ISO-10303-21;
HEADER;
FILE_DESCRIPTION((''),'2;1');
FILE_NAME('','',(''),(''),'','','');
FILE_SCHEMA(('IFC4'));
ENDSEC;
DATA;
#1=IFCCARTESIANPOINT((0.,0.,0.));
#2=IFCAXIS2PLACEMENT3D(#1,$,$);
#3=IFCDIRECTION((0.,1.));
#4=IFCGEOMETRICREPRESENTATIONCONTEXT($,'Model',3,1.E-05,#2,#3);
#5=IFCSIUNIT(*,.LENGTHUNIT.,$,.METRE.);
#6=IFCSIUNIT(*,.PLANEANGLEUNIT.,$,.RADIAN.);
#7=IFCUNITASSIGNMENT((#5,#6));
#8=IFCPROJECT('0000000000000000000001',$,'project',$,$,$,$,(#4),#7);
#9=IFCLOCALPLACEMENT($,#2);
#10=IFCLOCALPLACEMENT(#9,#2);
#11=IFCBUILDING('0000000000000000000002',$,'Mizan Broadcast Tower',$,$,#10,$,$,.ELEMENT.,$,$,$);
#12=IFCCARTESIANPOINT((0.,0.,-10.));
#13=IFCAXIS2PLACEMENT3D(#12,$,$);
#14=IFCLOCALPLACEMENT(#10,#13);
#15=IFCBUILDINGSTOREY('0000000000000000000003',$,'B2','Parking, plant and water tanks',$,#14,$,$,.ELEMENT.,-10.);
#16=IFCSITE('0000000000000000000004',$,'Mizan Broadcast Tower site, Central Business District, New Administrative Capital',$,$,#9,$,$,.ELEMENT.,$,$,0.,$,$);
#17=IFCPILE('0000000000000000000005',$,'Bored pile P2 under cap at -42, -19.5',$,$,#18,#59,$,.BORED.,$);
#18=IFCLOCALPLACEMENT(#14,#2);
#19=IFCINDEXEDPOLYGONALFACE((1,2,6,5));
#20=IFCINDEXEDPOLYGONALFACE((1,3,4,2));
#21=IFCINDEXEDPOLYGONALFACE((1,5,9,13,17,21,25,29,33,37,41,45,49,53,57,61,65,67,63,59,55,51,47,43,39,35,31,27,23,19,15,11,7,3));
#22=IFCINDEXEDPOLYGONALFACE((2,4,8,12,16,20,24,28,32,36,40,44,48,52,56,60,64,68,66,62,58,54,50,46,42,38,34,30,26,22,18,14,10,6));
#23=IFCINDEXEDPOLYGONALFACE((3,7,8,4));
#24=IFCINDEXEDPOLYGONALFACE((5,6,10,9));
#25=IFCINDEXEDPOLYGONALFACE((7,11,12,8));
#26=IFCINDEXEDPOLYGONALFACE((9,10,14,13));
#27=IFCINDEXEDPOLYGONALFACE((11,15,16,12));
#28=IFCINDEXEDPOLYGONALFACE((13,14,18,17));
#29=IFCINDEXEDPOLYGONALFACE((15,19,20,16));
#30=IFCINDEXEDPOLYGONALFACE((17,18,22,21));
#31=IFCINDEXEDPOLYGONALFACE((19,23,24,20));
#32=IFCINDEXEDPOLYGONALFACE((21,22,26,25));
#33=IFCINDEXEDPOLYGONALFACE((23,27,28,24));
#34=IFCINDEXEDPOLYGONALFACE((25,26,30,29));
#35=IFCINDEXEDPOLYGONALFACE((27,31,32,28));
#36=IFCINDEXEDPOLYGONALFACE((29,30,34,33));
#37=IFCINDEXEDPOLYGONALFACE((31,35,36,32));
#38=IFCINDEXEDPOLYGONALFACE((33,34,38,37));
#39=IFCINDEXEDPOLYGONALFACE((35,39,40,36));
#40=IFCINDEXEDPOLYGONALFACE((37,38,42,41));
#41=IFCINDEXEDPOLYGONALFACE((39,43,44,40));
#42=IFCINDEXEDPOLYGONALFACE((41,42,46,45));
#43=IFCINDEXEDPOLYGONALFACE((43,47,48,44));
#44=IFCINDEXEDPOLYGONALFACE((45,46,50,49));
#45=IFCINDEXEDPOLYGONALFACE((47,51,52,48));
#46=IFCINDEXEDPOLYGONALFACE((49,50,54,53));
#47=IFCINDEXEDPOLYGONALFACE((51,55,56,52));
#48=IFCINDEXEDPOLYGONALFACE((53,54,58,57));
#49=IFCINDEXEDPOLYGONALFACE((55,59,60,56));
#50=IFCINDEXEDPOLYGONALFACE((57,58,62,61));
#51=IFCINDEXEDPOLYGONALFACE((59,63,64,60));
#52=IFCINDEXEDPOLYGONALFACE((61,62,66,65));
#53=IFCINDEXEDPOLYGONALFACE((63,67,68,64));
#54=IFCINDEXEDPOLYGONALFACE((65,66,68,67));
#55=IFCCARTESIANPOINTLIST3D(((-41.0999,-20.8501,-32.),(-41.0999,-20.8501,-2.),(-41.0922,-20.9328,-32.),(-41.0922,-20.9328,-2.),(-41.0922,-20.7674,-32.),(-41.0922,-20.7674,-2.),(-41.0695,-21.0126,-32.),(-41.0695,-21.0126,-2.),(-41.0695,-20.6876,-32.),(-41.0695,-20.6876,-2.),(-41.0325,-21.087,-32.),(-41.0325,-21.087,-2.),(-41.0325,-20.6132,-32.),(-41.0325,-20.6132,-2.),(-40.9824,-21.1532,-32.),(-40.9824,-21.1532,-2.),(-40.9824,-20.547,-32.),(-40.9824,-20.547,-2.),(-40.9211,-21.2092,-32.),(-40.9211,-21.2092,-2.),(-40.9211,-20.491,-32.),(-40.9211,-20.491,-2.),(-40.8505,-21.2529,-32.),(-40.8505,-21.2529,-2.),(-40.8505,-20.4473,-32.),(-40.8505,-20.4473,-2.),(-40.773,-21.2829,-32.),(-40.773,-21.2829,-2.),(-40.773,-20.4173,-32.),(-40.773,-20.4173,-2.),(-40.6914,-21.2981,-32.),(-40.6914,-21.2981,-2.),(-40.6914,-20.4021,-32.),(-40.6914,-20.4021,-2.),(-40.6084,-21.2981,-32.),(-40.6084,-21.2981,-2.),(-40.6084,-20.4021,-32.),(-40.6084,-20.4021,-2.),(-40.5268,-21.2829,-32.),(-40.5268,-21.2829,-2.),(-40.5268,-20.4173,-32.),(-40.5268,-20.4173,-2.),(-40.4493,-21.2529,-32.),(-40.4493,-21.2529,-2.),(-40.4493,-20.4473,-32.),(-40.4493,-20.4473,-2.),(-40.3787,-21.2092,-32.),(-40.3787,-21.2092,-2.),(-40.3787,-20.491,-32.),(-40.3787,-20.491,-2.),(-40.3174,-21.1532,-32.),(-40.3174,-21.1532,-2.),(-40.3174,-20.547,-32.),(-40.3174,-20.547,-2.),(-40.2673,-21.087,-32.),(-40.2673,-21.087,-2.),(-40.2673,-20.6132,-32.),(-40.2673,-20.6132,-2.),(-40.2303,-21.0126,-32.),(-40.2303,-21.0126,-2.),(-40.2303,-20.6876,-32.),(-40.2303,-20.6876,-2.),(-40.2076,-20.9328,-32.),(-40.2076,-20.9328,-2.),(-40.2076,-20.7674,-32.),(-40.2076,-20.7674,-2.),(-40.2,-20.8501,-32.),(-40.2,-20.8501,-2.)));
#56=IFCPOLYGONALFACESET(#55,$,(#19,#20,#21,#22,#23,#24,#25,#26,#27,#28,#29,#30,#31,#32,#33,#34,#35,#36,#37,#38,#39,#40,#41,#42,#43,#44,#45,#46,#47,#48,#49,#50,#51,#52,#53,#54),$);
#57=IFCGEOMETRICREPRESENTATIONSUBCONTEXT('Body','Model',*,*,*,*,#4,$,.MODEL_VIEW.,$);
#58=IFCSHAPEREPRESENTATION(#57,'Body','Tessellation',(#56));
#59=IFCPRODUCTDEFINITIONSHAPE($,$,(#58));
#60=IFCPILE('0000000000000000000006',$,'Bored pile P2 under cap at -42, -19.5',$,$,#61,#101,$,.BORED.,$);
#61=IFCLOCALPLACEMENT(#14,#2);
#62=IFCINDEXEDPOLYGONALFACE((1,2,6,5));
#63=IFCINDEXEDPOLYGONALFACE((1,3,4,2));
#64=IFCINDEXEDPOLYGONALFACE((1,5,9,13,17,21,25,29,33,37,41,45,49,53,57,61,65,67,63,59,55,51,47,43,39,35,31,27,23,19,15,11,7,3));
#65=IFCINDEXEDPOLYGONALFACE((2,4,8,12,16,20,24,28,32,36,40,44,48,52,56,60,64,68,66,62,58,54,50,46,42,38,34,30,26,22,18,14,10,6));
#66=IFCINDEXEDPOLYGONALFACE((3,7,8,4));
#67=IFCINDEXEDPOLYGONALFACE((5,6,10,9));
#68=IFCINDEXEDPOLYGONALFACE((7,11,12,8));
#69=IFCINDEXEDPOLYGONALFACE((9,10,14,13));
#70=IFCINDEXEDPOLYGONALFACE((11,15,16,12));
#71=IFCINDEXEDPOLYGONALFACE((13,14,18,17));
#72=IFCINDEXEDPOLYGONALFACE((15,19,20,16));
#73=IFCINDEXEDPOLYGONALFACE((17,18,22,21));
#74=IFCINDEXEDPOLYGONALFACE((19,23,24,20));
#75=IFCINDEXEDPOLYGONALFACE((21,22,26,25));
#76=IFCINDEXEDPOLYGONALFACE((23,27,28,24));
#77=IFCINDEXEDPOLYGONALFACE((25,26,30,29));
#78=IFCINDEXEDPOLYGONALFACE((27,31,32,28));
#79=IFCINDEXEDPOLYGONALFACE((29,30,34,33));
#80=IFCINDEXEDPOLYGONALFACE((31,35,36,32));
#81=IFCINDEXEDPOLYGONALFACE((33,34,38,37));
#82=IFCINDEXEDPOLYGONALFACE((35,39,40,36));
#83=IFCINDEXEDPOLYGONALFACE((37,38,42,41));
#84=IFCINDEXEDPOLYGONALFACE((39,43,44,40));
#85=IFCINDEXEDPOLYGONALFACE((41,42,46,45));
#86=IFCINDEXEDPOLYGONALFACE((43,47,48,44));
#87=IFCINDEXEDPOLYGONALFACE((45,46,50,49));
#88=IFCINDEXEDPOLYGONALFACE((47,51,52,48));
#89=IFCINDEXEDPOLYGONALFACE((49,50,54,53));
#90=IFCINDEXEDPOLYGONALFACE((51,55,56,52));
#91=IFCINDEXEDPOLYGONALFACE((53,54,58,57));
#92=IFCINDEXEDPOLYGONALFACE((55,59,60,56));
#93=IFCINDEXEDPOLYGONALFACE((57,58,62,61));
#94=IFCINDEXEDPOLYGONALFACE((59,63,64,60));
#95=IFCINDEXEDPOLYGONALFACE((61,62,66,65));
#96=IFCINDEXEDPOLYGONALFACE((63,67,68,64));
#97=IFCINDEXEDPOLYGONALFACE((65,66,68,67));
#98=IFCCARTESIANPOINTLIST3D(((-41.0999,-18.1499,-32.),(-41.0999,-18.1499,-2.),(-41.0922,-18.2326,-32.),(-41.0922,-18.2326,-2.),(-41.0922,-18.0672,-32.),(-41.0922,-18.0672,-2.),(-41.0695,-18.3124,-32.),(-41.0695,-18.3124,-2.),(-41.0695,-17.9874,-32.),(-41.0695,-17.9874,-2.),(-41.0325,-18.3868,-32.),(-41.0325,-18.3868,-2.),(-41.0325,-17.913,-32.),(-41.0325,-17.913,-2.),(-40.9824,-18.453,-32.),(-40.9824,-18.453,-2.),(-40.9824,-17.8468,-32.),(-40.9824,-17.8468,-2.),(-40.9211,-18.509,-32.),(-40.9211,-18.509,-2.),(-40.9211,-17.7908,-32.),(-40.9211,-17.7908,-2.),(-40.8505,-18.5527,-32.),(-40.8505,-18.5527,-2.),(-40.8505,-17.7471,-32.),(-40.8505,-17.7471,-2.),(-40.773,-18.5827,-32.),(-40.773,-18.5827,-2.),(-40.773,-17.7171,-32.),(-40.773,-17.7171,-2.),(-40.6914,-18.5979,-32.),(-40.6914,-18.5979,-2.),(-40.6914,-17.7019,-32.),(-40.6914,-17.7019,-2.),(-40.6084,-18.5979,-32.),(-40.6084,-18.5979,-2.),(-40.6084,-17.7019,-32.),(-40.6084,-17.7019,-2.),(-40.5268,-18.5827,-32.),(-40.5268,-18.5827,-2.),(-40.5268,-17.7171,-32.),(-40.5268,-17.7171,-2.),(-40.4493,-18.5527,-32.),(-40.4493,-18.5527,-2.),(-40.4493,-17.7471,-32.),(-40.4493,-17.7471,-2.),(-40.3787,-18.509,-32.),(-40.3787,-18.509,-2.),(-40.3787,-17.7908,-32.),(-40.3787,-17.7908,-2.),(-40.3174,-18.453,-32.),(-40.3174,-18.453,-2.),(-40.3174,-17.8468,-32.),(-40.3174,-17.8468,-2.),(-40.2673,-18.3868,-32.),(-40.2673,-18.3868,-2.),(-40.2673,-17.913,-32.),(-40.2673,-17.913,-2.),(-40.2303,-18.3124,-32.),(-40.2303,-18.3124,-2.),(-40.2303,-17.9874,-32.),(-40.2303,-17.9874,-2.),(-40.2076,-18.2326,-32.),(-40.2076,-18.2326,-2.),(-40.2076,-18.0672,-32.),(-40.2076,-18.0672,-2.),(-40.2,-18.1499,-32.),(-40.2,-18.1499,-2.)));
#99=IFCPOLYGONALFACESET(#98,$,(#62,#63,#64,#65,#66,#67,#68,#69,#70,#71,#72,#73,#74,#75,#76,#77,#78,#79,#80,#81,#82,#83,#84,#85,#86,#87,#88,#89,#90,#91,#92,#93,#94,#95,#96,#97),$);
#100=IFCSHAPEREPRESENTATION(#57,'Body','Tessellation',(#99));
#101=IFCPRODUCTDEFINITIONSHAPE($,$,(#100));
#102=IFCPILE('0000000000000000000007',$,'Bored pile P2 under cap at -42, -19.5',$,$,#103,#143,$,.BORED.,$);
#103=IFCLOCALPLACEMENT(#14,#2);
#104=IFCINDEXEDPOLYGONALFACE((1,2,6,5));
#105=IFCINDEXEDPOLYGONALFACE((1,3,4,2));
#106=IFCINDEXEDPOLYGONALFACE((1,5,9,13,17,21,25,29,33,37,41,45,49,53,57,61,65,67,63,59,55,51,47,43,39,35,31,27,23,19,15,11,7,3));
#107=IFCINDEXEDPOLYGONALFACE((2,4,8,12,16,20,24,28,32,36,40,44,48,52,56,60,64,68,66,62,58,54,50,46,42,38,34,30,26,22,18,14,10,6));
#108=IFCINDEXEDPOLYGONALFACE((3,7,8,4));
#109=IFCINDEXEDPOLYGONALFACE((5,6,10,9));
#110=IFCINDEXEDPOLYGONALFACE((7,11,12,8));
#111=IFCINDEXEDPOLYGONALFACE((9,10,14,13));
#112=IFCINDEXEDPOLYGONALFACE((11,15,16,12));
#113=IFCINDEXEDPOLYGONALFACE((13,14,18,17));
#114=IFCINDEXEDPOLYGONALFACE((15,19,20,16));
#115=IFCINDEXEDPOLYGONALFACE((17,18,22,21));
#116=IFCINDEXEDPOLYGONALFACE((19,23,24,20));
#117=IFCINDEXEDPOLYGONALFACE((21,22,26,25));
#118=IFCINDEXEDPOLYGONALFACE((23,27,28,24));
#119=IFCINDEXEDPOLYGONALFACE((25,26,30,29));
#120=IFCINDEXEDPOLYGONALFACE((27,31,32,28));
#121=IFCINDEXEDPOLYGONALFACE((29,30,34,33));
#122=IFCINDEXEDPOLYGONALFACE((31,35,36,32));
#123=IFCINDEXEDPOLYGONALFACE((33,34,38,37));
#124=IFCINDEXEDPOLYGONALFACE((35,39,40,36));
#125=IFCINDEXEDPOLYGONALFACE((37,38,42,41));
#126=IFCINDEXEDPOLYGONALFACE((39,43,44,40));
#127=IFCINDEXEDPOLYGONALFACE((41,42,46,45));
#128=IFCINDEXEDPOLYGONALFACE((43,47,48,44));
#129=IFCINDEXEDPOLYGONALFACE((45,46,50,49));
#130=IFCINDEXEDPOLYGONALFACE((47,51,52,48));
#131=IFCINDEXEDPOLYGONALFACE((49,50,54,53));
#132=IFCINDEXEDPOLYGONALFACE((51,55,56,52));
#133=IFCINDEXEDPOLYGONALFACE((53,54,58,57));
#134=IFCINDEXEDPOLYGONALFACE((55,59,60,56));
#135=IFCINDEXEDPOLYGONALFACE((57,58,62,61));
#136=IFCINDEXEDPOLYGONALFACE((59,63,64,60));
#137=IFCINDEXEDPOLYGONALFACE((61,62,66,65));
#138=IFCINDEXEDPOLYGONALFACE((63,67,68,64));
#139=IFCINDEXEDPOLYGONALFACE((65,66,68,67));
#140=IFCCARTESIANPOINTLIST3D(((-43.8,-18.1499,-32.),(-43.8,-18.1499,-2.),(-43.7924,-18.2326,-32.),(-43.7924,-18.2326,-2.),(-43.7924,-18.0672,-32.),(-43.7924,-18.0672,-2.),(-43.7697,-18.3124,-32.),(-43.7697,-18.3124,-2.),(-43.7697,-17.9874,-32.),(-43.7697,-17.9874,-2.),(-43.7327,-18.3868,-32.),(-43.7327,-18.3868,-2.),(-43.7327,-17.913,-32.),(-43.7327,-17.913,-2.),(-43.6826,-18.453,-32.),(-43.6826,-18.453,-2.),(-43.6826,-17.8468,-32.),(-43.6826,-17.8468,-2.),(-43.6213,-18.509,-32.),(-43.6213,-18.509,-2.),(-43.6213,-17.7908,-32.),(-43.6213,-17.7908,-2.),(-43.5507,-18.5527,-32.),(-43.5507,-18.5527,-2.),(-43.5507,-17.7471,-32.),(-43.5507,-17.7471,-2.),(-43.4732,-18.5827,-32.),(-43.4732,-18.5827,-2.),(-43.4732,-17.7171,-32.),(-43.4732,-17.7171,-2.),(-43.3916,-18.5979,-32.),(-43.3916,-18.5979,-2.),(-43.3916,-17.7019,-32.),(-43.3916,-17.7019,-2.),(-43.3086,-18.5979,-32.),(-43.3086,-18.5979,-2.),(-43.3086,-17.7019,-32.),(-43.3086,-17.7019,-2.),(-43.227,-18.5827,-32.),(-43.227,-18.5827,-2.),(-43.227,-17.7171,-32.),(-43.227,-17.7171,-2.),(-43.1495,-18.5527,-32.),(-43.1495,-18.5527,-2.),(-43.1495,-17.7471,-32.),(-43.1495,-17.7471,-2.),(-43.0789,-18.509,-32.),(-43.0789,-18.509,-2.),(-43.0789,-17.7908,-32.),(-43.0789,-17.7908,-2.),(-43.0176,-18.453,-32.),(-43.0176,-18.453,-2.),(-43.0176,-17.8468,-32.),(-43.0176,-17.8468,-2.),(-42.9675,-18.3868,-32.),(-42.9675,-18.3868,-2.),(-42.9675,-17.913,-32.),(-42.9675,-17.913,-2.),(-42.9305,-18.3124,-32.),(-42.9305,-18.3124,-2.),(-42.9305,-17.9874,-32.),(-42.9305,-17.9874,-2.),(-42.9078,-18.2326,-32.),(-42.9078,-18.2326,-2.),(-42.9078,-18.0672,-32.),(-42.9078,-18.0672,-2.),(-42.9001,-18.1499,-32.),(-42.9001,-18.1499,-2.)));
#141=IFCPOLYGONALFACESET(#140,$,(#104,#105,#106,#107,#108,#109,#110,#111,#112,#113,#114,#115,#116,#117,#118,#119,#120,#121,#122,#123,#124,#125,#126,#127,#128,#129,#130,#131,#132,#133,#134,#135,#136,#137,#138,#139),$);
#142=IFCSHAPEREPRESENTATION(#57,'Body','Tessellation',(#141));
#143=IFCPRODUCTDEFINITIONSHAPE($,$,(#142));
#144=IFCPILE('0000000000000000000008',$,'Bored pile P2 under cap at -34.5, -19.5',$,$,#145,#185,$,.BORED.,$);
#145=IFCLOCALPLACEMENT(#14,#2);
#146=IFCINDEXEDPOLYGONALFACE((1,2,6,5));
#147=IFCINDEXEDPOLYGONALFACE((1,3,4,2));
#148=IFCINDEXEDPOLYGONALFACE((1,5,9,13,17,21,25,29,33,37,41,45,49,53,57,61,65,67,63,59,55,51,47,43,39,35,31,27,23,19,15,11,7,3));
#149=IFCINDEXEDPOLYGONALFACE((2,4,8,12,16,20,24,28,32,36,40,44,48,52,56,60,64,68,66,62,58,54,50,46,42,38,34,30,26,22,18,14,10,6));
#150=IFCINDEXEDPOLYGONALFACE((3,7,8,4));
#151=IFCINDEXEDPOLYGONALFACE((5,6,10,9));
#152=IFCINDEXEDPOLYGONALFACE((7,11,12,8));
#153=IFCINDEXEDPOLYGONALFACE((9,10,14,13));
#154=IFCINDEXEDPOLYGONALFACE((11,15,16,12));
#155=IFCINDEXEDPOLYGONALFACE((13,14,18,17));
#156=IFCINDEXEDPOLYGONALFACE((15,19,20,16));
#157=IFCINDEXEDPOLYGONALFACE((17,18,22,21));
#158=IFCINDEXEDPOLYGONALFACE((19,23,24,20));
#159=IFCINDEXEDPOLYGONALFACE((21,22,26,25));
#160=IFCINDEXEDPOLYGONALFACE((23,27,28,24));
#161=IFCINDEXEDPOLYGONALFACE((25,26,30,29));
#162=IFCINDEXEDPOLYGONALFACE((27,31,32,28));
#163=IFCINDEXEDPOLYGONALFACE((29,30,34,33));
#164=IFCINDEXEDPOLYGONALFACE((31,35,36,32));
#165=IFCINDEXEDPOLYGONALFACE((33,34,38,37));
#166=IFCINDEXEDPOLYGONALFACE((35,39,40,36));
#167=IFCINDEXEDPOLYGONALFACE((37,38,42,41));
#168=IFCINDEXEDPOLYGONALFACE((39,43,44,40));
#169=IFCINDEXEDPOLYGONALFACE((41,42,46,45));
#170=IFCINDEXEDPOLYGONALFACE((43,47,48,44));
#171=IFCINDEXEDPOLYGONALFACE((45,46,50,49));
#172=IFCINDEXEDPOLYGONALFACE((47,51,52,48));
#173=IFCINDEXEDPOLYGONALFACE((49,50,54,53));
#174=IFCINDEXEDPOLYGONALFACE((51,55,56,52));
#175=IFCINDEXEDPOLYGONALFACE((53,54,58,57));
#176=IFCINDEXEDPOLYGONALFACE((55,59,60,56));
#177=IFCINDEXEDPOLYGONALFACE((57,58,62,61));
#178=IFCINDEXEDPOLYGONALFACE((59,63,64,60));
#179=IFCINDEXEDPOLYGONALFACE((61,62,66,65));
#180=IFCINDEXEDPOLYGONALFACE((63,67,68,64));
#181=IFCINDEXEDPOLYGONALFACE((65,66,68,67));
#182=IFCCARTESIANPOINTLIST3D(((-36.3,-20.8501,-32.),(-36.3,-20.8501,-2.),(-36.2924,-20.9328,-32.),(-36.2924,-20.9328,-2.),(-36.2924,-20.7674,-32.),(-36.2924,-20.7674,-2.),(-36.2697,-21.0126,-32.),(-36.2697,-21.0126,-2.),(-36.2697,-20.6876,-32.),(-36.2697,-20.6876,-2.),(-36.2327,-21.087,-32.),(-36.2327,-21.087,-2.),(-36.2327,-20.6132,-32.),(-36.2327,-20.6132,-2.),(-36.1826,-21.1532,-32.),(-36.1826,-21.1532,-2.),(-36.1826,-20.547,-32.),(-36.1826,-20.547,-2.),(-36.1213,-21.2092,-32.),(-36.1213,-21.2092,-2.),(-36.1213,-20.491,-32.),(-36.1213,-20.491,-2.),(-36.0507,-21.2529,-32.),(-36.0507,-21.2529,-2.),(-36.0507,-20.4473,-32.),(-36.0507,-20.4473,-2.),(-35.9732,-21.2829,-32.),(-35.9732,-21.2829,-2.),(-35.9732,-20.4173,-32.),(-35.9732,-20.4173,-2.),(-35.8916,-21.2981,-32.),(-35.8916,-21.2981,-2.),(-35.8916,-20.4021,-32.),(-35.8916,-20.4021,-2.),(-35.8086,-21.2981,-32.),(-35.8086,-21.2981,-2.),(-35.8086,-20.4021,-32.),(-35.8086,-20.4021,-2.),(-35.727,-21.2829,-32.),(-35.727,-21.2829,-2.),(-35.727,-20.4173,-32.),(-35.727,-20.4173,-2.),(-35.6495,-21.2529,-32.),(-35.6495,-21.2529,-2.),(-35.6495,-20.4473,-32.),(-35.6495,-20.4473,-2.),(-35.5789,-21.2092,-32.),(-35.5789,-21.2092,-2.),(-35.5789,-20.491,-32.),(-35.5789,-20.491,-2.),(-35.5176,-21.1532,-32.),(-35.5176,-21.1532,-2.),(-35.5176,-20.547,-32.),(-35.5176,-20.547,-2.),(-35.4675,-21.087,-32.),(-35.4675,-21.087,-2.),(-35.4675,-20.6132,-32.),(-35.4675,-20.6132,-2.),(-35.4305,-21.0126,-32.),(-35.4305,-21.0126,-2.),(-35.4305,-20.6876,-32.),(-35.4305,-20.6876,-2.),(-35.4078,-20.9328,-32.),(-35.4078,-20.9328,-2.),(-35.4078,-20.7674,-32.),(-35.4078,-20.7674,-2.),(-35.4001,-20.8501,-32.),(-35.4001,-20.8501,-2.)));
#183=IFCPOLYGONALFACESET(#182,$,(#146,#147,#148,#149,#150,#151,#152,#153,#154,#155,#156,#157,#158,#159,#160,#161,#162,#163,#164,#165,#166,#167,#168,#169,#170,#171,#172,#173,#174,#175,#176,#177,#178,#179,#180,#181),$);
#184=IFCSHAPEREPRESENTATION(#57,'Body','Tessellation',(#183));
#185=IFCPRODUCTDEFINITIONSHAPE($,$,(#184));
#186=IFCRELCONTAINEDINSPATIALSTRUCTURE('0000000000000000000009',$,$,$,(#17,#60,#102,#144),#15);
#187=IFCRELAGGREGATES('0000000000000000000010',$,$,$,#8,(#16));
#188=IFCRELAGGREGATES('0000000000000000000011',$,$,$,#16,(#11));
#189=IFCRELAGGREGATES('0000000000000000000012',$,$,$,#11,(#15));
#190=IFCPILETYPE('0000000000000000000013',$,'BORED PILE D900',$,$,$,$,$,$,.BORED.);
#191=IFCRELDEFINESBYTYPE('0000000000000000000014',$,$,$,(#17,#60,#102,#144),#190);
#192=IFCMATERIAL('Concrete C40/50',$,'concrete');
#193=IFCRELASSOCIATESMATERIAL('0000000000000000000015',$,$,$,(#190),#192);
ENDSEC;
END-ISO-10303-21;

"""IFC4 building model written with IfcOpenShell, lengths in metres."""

from ifc_helpers import new_model, si_unit, direction, frame, origin, origin_2d, place, context, subcontext, project, spatial, circle, extrude, material, material_profile, profile_set, type_object, element, save


model = new_model("IFC4")

# Units and contexts
model_context = context("Model", 3, precision=1e-05, world=origin(), true_north=direction((0.0, 1.0)))
body_context = subcontext(model_context, "Body", "Model", "MODEL_VIEW")
ifc_project = project(units=[si_unit("LENGTHUNIT", "METRE"), si_unit("PLANEANGLEUNIT", "RADIAN")], contexts=[model_context])

# Site, building, storey
site_placement = place(None, origin())
site = spatial("IfcSite", under=ifc_project, at=site_placement, Name="Mizan Broadcast Tower site, Central Business District, New Administrative Capital", CompositionType="ELEMENT", RefElevation=0.0)
building_placement = place(site_placement, origin())
building = spatial("IfcBuilding", under=site, at=building_placement, Name="Mizan Broadcast Tower", CompositionType="ELEMENT")
storey_placement = place(building_placement, frame((0.0, 0.0, -10.0)))
storey = spatial("IfcBuildingStorey", under=building, at=storey_placement, Name="B2", Description="Parking, plant and water tanks", CompositionType="ELEMENT", Elevation=-10.0)

# Piles
ifc_material_1 = material(Name="Concrete C40/50", Category="concrete")
ifc_material_profile_1 = material_profile(ifc_material_1, circle(Radius=0.45, at=origin_2d()), Name="D900")
ifc_profile_set_1 = profile_set([ifc_material_profile_1], Name="Concrete C40/50")
pile_type_1 = type_object("IfcPileType", Name="BORED PILE D900", PredefinedType="BORED", material=ifc_profile_set_1)
for number, where, z_axis, x_axis, name in (
    (1, (-40.6499, -20.8501, -2.0), (0.0, 0.0, -1.0), (1.0, 0.0, 0.0), "Bored pile P2 under cap at -42, -19.5"),
    (2, (-40.6499, -18.1499, -2.0), (0.0, 0.0, -1.0), (1.0, 0.0, 0.0), "Bored pile P2 under cap at -42, -19.5"),
    (3, (-43.3501, -18.1499, -2.0), (0.0, 0.0, -1.0), (1.0, 0.0, 0.0), "Bored pile P2 under cap at -42, -19.5"),
    (4, (-35.8501, -20.8501, -2.0), (0.0, 0.0, -1.0), (1.0, 0.0, 0.0), "Bored pile P2 under cap at -34.5, -19.5"),
):
    element("IfcPile", number, at=place(storey_placement, frame(where, z_axis=z_axis, x_axis=x_axis)), inside=storey, type_object=pile_type_1, Name=name, PredefinedType="BORED", context=body_context, shape_type="SweptSolid", body=[
        extrude(circle(Radius=0.45, at=origin_2d()), origin(), (0.0, 0.0, 1.0), 30.0),
    ])

save(model, "model.ifc")
